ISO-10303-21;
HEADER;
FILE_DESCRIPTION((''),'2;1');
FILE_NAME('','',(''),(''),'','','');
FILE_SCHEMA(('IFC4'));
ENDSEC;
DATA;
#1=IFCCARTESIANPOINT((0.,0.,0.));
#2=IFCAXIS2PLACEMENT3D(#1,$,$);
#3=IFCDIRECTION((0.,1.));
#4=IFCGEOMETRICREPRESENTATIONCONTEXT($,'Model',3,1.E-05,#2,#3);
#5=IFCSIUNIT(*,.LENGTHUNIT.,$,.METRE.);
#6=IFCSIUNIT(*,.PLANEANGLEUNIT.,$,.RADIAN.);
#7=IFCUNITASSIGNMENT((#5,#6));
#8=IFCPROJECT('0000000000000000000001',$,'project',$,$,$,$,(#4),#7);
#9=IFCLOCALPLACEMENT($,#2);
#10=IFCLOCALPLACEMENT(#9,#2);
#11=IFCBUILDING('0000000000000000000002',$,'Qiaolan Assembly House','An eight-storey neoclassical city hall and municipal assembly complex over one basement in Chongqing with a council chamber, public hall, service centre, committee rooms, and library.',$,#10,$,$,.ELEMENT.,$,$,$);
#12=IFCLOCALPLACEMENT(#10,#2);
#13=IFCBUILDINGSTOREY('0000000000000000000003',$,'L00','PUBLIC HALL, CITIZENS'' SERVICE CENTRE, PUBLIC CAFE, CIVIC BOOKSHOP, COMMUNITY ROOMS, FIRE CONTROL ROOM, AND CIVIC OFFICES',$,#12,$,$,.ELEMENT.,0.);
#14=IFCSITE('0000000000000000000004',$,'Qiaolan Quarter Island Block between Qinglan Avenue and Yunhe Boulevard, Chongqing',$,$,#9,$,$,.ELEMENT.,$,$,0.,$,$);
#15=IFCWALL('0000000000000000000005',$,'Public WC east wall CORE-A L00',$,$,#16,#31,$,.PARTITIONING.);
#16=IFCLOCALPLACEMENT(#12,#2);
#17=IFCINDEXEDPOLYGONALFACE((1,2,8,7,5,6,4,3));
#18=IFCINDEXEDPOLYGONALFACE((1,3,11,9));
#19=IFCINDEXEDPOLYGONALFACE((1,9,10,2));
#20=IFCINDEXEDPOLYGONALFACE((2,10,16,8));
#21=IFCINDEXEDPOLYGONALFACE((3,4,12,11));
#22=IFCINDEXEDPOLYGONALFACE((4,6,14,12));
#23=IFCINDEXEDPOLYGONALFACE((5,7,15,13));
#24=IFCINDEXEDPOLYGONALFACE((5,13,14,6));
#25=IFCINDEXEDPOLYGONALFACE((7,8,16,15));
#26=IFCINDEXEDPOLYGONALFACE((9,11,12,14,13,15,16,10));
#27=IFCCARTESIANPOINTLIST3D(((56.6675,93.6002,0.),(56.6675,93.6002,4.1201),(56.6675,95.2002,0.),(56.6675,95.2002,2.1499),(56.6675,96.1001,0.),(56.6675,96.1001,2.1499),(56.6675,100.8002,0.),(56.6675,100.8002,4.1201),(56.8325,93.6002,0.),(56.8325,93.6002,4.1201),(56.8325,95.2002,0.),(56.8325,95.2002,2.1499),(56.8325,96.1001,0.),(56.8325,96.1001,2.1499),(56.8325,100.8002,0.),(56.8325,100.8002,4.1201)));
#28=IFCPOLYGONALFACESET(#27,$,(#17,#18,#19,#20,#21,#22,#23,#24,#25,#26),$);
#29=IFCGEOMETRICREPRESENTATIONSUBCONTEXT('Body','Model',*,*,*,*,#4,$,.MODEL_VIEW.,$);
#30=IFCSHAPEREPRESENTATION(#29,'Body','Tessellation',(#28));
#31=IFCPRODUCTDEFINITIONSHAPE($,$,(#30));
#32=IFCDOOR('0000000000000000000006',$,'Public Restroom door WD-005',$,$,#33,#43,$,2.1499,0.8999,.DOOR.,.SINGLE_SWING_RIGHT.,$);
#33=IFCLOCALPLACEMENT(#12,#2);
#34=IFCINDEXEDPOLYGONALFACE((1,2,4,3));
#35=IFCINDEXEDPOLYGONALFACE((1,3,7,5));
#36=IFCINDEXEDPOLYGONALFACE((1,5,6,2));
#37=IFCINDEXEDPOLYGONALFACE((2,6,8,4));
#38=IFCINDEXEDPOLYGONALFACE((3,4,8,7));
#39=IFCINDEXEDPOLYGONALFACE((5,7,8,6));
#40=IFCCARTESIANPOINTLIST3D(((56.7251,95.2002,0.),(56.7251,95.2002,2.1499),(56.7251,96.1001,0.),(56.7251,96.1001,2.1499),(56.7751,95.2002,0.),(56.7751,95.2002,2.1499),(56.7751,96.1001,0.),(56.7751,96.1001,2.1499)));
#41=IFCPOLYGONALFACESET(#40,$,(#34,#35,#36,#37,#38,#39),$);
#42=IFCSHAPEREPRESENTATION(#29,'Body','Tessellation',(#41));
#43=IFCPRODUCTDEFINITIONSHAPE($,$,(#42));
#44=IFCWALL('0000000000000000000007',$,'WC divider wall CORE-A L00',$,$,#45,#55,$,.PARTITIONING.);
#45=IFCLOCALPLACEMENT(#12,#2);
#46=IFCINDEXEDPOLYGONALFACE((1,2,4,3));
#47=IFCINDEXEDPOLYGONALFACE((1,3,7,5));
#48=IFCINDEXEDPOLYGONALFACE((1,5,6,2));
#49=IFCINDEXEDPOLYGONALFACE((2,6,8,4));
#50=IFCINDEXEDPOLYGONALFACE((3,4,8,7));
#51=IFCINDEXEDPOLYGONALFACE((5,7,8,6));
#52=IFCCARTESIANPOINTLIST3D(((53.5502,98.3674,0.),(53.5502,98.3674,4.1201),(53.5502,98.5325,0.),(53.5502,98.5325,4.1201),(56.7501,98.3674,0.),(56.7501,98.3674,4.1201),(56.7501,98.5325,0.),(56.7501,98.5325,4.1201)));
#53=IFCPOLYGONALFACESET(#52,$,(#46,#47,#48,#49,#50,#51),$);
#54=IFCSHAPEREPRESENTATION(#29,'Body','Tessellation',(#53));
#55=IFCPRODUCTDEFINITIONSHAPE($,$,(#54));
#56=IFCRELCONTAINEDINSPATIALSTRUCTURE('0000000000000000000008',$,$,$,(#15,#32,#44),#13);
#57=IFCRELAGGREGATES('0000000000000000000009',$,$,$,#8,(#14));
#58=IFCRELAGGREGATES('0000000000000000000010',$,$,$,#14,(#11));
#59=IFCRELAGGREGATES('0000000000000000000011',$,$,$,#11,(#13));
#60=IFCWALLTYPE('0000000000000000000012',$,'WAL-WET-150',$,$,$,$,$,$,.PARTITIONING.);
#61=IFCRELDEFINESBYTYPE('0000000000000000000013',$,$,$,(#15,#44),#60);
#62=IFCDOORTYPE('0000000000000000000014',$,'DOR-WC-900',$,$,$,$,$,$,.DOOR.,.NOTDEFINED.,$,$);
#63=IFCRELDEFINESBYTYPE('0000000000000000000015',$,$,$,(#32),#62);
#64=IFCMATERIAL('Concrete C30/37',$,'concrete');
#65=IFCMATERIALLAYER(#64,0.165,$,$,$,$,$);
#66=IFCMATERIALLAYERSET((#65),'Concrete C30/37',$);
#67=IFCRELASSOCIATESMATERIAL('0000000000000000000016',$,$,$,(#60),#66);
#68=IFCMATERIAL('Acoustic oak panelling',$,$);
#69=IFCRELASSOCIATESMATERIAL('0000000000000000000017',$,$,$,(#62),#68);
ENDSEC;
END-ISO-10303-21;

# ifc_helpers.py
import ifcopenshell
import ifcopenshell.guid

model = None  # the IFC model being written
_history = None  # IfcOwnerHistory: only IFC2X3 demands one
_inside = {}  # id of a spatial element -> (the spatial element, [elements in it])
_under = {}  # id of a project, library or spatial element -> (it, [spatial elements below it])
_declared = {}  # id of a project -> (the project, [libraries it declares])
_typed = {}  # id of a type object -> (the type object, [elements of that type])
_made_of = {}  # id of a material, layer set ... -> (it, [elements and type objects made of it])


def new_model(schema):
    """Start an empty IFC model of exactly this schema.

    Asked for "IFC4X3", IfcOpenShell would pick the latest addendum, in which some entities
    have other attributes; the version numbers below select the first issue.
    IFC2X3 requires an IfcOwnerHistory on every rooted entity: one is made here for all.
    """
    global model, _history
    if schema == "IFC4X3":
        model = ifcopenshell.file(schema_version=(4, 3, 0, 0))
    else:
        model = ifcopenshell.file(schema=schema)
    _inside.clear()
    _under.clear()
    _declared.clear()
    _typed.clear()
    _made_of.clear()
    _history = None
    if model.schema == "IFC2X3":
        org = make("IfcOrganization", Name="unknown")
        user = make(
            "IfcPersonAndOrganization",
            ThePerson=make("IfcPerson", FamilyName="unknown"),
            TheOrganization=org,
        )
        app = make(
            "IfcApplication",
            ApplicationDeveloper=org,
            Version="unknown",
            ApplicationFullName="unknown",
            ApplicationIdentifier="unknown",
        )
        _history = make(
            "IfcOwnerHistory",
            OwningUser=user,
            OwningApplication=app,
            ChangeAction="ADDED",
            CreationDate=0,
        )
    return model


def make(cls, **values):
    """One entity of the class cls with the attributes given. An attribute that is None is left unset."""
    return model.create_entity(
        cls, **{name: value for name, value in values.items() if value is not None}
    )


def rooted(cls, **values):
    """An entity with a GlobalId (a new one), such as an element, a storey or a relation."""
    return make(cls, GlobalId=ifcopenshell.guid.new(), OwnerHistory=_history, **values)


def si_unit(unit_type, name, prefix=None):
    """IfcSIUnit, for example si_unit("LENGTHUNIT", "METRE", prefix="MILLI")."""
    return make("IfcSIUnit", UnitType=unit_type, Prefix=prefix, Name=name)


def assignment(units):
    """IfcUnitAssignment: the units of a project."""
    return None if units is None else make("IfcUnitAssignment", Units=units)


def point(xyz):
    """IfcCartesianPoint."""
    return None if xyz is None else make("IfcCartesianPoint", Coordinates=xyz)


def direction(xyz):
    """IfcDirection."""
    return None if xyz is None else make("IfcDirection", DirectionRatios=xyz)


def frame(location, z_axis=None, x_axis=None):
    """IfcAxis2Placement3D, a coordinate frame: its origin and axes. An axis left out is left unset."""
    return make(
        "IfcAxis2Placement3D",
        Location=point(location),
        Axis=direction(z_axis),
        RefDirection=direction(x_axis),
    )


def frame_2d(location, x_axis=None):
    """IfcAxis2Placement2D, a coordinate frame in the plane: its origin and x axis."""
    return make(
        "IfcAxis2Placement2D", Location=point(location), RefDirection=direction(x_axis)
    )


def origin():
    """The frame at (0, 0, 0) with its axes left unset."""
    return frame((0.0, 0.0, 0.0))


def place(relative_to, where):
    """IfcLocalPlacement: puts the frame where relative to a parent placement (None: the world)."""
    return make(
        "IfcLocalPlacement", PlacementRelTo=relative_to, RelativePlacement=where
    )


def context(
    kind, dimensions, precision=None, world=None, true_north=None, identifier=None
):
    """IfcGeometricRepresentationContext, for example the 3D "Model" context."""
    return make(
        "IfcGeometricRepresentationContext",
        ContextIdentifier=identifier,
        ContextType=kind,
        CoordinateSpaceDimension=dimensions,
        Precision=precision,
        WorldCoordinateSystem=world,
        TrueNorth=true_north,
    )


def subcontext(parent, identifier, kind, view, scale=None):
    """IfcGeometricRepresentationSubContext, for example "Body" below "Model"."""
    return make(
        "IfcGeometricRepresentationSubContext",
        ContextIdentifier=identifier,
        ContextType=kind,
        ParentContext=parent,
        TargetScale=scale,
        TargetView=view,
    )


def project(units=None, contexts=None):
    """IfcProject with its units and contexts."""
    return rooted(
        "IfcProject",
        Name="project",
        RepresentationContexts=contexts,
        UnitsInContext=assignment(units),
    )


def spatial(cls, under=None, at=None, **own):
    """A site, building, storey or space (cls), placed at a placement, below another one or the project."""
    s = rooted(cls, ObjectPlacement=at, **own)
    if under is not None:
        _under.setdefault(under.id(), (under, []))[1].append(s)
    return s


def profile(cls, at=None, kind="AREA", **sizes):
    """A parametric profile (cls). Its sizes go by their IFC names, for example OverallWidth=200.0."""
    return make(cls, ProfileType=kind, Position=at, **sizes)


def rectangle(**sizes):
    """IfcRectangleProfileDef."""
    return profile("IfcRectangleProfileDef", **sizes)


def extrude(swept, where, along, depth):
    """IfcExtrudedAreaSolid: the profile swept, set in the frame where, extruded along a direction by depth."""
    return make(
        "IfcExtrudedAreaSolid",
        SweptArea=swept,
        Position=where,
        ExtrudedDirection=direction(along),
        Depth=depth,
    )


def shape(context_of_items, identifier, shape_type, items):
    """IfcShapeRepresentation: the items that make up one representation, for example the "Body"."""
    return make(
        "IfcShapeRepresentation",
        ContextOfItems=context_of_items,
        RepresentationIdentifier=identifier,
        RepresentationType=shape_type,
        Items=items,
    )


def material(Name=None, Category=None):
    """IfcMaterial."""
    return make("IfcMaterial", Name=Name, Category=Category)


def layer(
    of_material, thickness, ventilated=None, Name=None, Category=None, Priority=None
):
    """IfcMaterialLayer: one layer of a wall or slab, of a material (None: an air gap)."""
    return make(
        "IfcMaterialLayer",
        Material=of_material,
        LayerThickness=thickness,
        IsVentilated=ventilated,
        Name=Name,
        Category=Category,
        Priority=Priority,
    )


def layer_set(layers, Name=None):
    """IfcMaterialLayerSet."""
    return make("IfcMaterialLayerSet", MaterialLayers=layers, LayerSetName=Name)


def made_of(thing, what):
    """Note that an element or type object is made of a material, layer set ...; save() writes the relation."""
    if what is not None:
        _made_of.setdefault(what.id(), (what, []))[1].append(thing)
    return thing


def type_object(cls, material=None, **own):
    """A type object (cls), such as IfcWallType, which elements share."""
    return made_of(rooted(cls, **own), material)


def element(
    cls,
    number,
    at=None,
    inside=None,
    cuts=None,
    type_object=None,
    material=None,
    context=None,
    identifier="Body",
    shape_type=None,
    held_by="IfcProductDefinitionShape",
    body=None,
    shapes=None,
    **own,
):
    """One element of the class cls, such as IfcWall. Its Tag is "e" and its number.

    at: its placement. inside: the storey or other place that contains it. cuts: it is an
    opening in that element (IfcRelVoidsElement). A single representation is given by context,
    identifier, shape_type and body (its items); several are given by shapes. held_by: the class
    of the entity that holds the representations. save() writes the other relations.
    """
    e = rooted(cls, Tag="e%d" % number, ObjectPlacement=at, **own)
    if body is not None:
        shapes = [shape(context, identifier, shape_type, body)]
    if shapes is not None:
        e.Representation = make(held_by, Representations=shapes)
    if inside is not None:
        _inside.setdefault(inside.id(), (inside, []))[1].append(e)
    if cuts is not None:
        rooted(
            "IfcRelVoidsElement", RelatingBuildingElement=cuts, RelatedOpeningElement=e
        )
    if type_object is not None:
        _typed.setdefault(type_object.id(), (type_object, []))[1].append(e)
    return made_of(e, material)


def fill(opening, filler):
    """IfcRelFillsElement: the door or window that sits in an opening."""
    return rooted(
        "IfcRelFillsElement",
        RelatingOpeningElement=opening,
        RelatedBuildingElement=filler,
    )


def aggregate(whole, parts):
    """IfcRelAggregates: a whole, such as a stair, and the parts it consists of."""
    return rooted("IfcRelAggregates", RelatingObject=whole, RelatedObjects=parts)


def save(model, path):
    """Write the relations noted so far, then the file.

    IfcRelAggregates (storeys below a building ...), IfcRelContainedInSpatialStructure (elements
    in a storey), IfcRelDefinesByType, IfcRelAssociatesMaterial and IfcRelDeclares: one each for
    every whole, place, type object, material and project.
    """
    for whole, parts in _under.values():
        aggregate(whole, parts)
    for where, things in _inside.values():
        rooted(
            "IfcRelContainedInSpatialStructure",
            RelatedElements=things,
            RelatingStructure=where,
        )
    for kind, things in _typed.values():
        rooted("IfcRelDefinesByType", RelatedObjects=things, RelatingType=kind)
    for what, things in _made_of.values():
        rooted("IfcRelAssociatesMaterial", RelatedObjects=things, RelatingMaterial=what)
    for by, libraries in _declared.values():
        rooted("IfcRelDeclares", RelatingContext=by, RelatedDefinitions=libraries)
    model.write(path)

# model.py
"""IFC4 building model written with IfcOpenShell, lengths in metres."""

from ifc_helpers import new_model, si_unit, direction, frame, frame_2d, origin, place, context, subcontext, project, spatial, rectangle, extrude, material, layer, layer_set, type_object, element, fill, save


model = new_model("IFC4")

# Units and contexts
model_context = context("Model", 3, precision=1e-05, world=origin(), true_north=direction((0.0, 1.0)))
body_context = subcontext(model_context, "Body", "Model", "MODEL_VIEW")
ifc_project = project(units=[si_unit("LENGTHUNIT", "METRE"), si_unit("PLANEANGLEUNIT", "RADIAN")], contexts=[model_context])

# Site, building, storey
site_placement = place(None, origin())
site = spatial("IfcSite", under=ifc_project, at=site_placement, Name="Qiaolan Quarter Island Block between Qinglan Avenue and Yunhe Boulevard, Chongqing", CompositionType="ELEMENT", RefElevation=0.0)
building_placement = place(site_placement, origin())
building = spatial("IfcBuilding", under=site, at=building_placement, Name="Qiaolan Assembly House", Description="An eight-storey neoclassical city hall and municipal assembly complex over one basement in Chongqing with a council chamber, public hall, service centre, committee rooms, and library.", CompositionType="ELEMENT")
storey_placement = place(building_placement, origin())
storey = spatial("IfcBuildingStorey", under=building, at=storey_placement, Name="L00", Description="PUBLIC HALL, CITIZENS' SERVICE CENTRE, PUBLIC CAFE, CIVIC BOOKSHOP, COMMUNITY ROOMS, FIRE CONTROL ROOM, AND CIVIC OFFICES", CompositionType="ELEMENT", Elevation=0.0)

# Wall, opening, door
ifc_material_1 = material(Name="Acoustic oak panelling")
ifc_material_2 = material(Name="Concrete C30/37", Category="concrete")
ifc_layer_1 = layer(ifc_material_2, 0.165)
ifc_layer_set_1 = layer_set([ifc_layer_1], Name="Concrete C30/37")
wall_type_1 = type_object("IfcWallType", Name="WAL-WET-150", PredefinedType="PARTITIONING", material=ifc_layer_set_1)
wall_1_placement = place(storey_placement, frame((56.75, 93.6001, 0.0), z_axis=(0.0, 0.0, 1.0), x_axis=(0.0, 1.0, 0.0)))
wall_1 = element("IfcWall", 1, at=wall_1_placement, inside=storey, type_object=wall_type_1, Name="Public WC east wall CORE-A L00", PredefinedType="PARTITIONING", context=body_context, shape_type="SweptSolid", body=[
    extrude(rectangle(XDim=7.2, YDim=0.165, at=frame_2d((3.6001, 0.0))), origin(), (0.0, 0.0, 1.0), 4.1201),
])
opening_1_placement = place(wall_1_placement, frame((1.6001, 0.0, 0.0)))
opening_1 = element("IfcOpeningElement", 2, at=opening_1_placement, cuts=wall_1, PredefinedType="OPENING", context=body_context, shape_type="SweptSolid", body=[
    extrude(rectangle(XDim=0.8999, YDim=2.1499, at=frame_2d((0.45, 1.075))), frame((0.0, 0.0925, 0.0), z_axis=(0.0, -1.0, 0.0), x_axis=(1.0, 0.0, 0.0)), (0.0, 0.0, 1.0), 0.1851),
])
door_type_1 = type_object("IfcDoorType", Name="DOR-WC-900", OperationType="NOTDEFINED", PredefinedType="DOOR", material=ifc_material_1)
door_1_placement = place(opening_1_placement, origin())
door_1 = element("IfcDoor", 3, at=door_1_placement, inside=storey, type_object=door_type_1, Name="Public Restroom door WD-005", OperationType="SINGLE_SWING_RIGHT", OverallHeight=2.1499, OverallWidth=0.8999, PredefinedType="DOOR", context=body_context, shape_type="SweptSolid", body=[
    extrude(rectangle(XDim=0.8999, YDim=2.1499, at=frame_2d((0.45, 1.075))), frame((0.0, 0.0249, 0.0), z_axis=(0.0, -1.0, 0.0), x_axis=(1.0, 0.0, 0.0)), (0.0, 0.0, 1.0), 0.05),
])
fill(opening_1, door_1)

# Wall
wall_2_placement = place(storey_placement, frame((53.55, 98.45, 0.0), z_axis=(0.0, 0.0, 1.0), x_axis=(1.0, 0.0, 0.0)))
element("IfcWall", 4, at=wall_2_placement, inside=storey, type_object=wall_type_1, Name="WC divider wall CORE-A L00", PredefinedType="PARTITIONING", context=body_context, shape_type="SweptSolid", body=[
    extrude(rectangle(XDim=3.2, YDim=0.165, at=frame_2d((1.6001, 0.0))), origin(), (0.0, 0.0, 1.0), 4.1201),
])

save(model, "model.ifc")
